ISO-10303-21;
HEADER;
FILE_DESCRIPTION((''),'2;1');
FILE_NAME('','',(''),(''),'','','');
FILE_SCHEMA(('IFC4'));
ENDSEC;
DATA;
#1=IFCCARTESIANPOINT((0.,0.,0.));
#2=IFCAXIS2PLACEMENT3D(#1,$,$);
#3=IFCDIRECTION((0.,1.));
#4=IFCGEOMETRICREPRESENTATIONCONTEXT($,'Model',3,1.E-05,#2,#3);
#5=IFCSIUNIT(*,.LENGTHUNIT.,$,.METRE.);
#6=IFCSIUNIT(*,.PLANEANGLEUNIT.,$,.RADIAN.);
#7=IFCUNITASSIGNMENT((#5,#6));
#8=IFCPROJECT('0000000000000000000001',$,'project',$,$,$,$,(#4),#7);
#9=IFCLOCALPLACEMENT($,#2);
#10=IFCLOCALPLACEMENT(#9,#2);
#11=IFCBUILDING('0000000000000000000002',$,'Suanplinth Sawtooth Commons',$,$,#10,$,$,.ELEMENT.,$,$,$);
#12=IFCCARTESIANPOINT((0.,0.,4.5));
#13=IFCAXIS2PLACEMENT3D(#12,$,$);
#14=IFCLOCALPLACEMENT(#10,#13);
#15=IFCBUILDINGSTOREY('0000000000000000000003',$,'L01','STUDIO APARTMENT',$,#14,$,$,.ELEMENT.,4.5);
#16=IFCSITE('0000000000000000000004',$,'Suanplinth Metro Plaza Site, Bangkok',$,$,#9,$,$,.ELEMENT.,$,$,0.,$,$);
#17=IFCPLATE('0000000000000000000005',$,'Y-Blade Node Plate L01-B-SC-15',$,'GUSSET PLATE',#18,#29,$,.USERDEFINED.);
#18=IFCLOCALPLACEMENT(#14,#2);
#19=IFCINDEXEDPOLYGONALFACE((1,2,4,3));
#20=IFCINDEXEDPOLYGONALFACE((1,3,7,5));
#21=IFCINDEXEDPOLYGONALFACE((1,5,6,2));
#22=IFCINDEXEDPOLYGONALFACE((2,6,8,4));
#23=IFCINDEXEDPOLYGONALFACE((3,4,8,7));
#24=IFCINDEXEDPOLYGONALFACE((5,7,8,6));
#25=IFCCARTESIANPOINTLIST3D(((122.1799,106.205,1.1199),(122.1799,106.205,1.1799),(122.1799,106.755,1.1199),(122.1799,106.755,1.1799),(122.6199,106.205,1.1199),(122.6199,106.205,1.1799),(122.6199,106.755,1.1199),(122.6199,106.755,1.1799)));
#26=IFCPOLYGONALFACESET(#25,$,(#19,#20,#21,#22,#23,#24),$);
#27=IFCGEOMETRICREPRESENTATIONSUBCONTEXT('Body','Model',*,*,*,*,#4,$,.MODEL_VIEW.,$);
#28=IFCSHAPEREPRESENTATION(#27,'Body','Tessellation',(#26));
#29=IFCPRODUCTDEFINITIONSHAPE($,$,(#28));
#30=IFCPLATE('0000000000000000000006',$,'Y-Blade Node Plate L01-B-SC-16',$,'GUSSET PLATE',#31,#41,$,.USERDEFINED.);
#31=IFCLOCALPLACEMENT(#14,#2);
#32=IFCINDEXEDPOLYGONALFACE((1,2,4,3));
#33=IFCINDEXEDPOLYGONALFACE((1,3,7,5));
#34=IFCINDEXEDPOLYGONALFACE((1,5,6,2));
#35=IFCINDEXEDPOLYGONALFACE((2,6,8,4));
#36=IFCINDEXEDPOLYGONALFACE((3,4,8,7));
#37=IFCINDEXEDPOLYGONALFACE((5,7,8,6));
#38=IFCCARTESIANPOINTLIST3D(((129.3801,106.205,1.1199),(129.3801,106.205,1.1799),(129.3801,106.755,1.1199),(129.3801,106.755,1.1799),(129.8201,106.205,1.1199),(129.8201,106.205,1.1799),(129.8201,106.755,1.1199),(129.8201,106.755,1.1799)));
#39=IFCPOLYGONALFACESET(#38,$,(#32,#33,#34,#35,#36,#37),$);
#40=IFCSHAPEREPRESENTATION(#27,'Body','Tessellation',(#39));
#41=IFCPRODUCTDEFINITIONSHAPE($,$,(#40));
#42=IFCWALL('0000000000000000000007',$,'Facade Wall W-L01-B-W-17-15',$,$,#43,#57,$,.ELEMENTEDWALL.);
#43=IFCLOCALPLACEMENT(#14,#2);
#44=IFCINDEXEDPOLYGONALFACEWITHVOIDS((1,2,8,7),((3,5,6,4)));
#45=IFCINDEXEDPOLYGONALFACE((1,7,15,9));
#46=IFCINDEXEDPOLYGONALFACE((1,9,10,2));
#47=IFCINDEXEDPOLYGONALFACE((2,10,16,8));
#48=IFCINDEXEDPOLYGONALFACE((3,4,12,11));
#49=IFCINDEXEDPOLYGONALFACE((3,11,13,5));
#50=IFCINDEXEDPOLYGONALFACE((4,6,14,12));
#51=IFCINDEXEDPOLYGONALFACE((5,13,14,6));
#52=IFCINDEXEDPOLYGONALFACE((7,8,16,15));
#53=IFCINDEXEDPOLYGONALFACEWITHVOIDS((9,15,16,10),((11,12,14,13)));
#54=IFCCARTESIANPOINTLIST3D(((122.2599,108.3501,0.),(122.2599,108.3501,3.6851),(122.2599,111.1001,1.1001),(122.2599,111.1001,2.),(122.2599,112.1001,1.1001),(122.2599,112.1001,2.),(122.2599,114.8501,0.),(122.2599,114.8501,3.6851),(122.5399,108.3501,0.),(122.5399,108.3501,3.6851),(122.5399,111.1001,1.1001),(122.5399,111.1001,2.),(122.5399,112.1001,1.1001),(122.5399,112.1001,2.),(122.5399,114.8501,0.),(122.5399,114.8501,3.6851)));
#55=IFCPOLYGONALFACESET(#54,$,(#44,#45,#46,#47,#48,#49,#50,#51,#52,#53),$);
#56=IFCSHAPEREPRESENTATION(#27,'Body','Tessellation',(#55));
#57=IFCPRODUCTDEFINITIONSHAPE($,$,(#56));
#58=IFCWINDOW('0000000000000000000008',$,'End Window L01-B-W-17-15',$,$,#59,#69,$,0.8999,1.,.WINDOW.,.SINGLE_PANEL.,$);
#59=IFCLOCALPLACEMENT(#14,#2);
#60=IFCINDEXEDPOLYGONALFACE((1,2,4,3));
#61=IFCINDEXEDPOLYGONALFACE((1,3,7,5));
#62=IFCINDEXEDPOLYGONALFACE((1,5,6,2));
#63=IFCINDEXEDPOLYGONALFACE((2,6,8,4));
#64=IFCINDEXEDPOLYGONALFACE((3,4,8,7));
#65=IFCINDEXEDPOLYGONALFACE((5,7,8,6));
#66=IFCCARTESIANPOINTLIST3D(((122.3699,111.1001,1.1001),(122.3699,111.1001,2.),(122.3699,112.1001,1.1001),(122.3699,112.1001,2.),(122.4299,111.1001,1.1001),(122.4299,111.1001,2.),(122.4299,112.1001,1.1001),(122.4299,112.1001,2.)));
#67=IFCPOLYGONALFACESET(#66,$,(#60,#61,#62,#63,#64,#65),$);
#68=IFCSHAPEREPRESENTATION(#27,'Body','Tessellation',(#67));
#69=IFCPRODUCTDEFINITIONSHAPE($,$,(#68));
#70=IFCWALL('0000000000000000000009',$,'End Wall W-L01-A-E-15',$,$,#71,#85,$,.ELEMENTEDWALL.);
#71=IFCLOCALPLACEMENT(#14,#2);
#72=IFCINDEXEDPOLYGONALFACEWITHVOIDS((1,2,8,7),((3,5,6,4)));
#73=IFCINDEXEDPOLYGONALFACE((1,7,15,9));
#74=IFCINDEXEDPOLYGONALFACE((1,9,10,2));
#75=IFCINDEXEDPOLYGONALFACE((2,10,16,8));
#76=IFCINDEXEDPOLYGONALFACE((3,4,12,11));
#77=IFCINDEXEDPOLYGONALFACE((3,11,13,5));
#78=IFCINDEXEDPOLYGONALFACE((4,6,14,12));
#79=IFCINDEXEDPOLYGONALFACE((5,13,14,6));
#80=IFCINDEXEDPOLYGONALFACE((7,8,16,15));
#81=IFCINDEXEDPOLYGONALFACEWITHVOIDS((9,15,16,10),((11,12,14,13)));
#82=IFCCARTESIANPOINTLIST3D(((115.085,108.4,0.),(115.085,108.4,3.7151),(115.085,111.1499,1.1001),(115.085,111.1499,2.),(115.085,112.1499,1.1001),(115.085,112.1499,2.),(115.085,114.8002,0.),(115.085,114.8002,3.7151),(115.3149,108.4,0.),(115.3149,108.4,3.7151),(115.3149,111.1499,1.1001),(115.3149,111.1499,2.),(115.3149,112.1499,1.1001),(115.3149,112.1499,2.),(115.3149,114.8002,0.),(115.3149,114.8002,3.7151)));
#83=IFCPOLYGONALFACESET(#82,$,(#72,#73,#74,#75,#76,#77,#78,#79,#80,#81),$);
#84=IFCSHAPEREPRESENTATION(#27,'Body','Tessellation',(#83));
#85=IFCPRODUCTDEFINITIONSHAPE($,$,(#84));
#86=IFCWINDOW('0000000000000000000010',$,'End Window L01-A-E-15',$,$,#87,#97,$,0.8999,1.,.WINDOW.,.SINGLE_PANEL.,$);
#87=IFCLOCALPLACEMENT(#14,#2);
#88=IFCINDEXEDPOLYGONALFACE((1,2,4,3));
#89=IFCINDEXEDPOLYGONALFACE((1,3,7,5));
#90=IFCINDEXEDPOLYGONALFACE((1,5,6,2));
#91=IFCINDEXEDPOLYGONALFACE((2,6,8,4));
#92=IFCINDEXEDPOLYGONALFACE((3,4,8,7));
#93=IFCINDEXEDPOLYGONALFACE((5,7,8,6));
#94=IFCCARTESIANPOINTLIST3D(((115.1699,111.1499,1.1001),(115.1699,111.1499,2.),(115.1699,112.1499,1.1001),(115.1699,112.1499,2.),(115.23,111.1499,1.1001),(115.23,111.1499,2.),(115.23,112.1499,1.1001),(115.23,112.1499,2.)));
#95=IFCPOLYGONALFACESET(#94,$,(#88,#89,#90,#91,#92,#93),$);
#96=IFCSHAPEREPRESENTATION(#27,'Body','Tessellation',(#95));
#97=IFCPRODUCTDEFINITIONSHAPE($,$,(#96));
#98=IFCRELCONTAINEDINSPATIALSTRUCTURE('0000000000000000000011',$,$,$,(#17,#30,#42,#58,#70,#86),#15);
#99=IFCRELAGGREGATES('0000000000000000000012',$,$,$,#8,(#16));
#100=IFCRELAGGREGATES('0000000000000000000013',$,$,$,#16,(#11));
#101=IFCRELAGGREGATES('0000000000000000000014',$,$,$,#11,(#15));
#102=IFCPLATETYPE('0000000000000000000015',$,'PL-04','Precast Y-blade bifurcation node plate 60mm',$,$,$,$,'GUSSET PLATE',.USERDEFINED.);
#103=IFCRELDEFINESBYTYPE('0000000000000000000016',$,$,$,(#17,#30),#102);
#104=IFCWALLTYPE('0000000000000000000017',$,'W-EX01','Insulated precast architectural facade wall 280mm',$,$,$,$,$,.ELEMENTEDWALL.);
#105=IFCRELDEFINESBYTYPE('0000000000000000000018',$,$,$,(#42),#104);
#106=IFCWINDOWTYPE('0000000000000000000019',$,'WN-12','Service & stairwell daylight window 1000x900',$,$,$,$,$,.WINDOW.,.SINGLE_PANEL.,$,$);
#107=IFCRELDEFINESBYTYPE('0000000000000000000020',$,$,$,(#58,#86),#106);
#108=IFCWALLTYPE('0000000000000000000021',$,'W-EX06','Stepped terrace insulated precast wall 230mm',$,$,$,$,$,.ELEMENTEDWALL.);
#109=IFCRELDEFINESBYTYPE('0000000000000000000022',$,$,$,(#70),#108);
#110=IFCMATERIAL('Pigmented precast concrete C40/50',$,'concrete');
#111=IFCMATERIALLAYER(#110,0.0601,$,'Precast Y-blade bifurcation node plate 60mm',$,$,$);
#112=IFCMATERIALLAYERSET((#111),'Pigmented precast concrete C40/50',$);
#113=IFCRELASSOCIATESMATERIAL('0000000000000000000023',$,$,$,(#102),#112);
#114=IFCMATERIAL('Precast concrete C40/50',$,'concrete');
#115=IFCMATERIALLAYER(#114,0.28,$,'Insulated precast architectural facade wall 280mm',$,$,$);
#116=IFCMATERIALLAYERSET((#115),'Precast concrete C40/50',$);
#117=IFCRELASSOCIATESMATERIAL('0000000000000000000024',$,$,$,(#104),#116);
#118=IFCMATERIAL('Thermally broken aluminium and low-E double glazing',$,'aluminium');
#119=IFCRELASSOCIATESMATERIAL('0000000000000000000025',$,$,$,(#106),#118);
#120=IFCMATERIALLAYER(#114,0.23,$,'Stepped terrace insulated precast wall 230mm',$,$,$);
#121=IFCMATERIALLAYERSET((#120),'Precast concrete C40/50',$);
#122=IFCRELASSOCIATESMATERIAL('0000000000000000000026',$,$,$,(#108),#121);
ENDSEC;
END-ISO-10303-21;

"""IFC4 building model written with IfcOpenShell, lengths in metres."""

from ifc_helpers import new_model, si_unit, direction, frame, frame_2d, origin, origin_2d, place, context, subcontext, project, spatial, rectangle, extrude, material, layer, layer_set, type_object, element, fill, save


model = new_model("IFC4")

# Units and contexts
model_context = context("Model", 3, precision=1e-05, world=origin(), true_north=direction((0.0, 1.0)))
body_context = subcontext(model_context, "Body", "Model", "MODEL_VIEW")
ifc_project = project(units=[si_unit("LENGTHUNIT", "METRE"), si_unit("PLANEANGLEUNIT", "RADIAN")], contexts=[model_context])

# Site, building, storey
site_placement = place(None, origin())
site = spatial("IfcSite", under=ifc_project, at=site_placement, Name="Suanplinth Metro Plaza Site, Bangkok", CompositionType="ELEMENT", RefElevation=0.0)
building_placement = place(site_placement, origin())
building = spatial("IfcBuilding", under=site, at=building_placement, Name="Suanplinth Sawtooth Commons", CompositionType="ELEMENT")
storey_placement = place(building_placement, frame((0.0, 0.0, 4.5)))
storey = spatial("IfcBuildingStorey", under=building, at=storey_placement, Name="L01", Description="STUDIO APARTMENT", CompositionType="ELEMENT", Elevation=4.5)

# Shared definitions
ifc_material_1 = material(Name="Precast concrete C40/50", Category="concrete")

# Shared definitions
ifc_material_2 = material(Name="Pigmented precast concrete C40/50", Category="concrete")

# Plates
ifc_layer_1 = layer(ifc_material_2, 0.0601, Name="Precast Y-blade bifurcation node plate 60mm")
ifc_layer_set_1 = layer_set([ifc_layer_1], Name="Pigmented precast concrete C40/50")
plate_type = type_object("IfcPlateType", Name="PL-04", Description="Precast Y-blade bifurcation node plate 60mm", ElementType="GUSSET PLATE", PredefinedType="USERDEFINED", material=ifc_layer_set_1)
for number, where, z_axis, x_axis, name in (
    (1, (122.3999, 106.48, 1.1199), (0.0, 0.0, 1.0), (1.0, 0.0, 0.0), "Y-Blade Node Plate L01-B-SC-15"),
    (2, (129.6001, 106.48, 1.1199), (0.0, 0.0, 1.0), (1.0, 0.0, 0.0), "Y-Blade Node Plate L01-B-SC-16"),
):
    element("IfcPlate", number, at=place(storey_placement, frame(where, z_axis=z_axis, x_axis=x_axis)), inside=storey, type_object=plate_type, Name=name, ObjectType="GUSSET PLATE", PredefinedType="USERDEFINED", context=body_context, shape_type="SweptSolid", body=[
        extrude(rectangle(XDim=0.4399, YDim=0.55, at=origin_2d()), origin(), (0.0, 0.0, 1.0), 0.0601),
    ])

# Shared definitions
ifc_layer_2 = layer(ifc_material_1, 0.28, Name="Insulated precast architectural facade wall 280mm")
ifc_layer_set_2 = layer_set([ifc_layer_2], Name="Precast concrete C40/50")
wall_type_1 = type_object("IfcWallType", Name="W-EX01", Description="Insulated precast architectural facade wall 280mm", PredefinedType="ELEMENTEDWALL", material=ifc_layer_set_2)
ifc_material_3 = material(Name="Thermally broken aluminium and low-E double glazing", Category="aluminium")

# Walls, openings, windows
wall_1_placement = place(storey_placement, frame((122.3999, 108.3501, 0.0), z_axis=(0.0, 0.0, 1.0), x_axis=(0.0, 1.0, 0.0)))
wall_1 = element("IfcWall", 3, at=wall_1_placement, inside=storey, type_object=wall_type_1, Name="Facade Wall W-L01-B-W-17-15", PredefinedType="ELEMENTEDWALL", context=body_context, shape_type="SweptSolid", body=[
    extrude(rectangle(XDim=6.5, YDim=0.28, at=frame_2d((3.25, 0.0))), origin(), (0.0, 0.0, 1.0), 3.6851),
])
opening_1_placement = place(wall_1_placement, frame((2.75, 0.0, 1.1001)))
opening_1 = element("IfcOpeningElement", 4, at=opening_1_placement, cuts=wall_1, PredefinedType="OPENING", context=body_context, shape_type="SweptSolid", body=[
    extrude(rectangle(XDim=1.0, YDim=0.8999, at=frame_2d((0.5, 0.45))), frame((0.0, 0.1548, 0.0), z_axis=(0.0, -1.0, 0.0), x_axis=(1.0, 0.0, 0.0)), (0.0, 0.0, 1.0), 0.3098),
])
window_type_1 = type_object("IfcWindowType", Name="WN-12", Description="Service & stairwell daylight window 1000x900", PartitioningType="SINGLE_PANEL", PredefinedType="WINDOW", material=ifc_material_3)
window_1_placement = place(opening_1_placement, origin())
window_1 = element("IfcWindow", 5, at=window_1_placement, inside=storey, type_object=window_type_1, Name="End Window L01-B-W-17-15", OverallHeight=0.8999, OverallWidth=1.0, PartitioningType="SINGLE_PANEL", PredefinedType="WINDOW", context=body_context, shape_type="SweptSolid", body=[
    extrude(rectangle(XDim=1.0, YDim=0.8999, at=frame_2d((0.5, 0.45))), frame((0.0, 0.03, 0.0), z_axis=(0.0, -1.0, 0.0), x_axis=(1.0, 0.0, 0.0)), (0.0, 0.0, 1.0), 0.0601),
])
fill(opening_1, window_1)
ifc_layer_3 = layer(ifc_material_1, 0.23, Name="Stepped terrace insulated precast wall 230mm")
ifc_layer_set_3 = layer_set([ifc_layer_3], Name="Precast concrete C40/50")
wall_type_2 = type_object("IfcWallType", Name="W-EX06", Description="Stepped terrace insulated precast wall 230mm", PredefinedType="ELEMENTEDWALL", material=ifc_layer_set_3)
wall_2_placement = place(storey_placement, frame((115.2, 108.3999, 0.0), z_axis=(0.0, 0.0, 1.0), x_axis=(0.0, 1.0, 0.0)))
wall_2 = element("IfcWall", 6, at=wall_2_placement, inside=storey, type_object=wall_type_2, Name="End Wall W-L01-A-E-15", PredefinedType="ELEMENTEDWALL", context=body_context, shape_type="SweptSolid", body=[
    extrude(rectangle(XDim=6.4001, YDim=0.23, at=frame_2d((3.2002, 0.0))), origin(), (0.0, 0.0, 1.0), 3.7151),
])
opening_2_placement = place(wall_2_placement, frame((2.75, 0.0, 1.1001)))
opening_2 = element("IfcOpeningElement", 7, at=opening_2_placement, cuts=wall_2, PredefinedType="OPENING", context=body_context, shape_type="SweptSolid", body=[
    extrude(rectangle(XDim=1.0, YDim=0.8999, at=frame_2d((0.5, 0.45))), frame((0.0, 0.1299, 0.0), z_axis=(0.0, -1.0, 0.0), x_axis=(1.0, 0.0, 0.0)), (0.0, 0.0, 1.0), 0.2598),
])
window_2_placement = place(opening_2_placement, origin())
window_2 = element("IfcWindow", 8, at=window_2_placement, inside=storey, type_object=window_type_1, Name="End Window L01-A-E-15", OverallHeight=0.8999, OverallWidth=1.0, PartitioningType="SINGLE_PANEL", PredefinedType="WINDOW", context=body_context, shape_type="SweptSolid", body=[
    extrude(rectangle(XDim=1.0, YDim=0.8999, at=frame_2d((0.5, 0.45))), frame((0.0, 0.03, 0.0), z_axis=(0.0, -1.0, 0.0), x_axis=(1.0, 0.0, 0.0)), (0.0, 0.0, 1.0), 0.0601),
])
fill(opening_2, window_2)

save(model, "model.ifc")
